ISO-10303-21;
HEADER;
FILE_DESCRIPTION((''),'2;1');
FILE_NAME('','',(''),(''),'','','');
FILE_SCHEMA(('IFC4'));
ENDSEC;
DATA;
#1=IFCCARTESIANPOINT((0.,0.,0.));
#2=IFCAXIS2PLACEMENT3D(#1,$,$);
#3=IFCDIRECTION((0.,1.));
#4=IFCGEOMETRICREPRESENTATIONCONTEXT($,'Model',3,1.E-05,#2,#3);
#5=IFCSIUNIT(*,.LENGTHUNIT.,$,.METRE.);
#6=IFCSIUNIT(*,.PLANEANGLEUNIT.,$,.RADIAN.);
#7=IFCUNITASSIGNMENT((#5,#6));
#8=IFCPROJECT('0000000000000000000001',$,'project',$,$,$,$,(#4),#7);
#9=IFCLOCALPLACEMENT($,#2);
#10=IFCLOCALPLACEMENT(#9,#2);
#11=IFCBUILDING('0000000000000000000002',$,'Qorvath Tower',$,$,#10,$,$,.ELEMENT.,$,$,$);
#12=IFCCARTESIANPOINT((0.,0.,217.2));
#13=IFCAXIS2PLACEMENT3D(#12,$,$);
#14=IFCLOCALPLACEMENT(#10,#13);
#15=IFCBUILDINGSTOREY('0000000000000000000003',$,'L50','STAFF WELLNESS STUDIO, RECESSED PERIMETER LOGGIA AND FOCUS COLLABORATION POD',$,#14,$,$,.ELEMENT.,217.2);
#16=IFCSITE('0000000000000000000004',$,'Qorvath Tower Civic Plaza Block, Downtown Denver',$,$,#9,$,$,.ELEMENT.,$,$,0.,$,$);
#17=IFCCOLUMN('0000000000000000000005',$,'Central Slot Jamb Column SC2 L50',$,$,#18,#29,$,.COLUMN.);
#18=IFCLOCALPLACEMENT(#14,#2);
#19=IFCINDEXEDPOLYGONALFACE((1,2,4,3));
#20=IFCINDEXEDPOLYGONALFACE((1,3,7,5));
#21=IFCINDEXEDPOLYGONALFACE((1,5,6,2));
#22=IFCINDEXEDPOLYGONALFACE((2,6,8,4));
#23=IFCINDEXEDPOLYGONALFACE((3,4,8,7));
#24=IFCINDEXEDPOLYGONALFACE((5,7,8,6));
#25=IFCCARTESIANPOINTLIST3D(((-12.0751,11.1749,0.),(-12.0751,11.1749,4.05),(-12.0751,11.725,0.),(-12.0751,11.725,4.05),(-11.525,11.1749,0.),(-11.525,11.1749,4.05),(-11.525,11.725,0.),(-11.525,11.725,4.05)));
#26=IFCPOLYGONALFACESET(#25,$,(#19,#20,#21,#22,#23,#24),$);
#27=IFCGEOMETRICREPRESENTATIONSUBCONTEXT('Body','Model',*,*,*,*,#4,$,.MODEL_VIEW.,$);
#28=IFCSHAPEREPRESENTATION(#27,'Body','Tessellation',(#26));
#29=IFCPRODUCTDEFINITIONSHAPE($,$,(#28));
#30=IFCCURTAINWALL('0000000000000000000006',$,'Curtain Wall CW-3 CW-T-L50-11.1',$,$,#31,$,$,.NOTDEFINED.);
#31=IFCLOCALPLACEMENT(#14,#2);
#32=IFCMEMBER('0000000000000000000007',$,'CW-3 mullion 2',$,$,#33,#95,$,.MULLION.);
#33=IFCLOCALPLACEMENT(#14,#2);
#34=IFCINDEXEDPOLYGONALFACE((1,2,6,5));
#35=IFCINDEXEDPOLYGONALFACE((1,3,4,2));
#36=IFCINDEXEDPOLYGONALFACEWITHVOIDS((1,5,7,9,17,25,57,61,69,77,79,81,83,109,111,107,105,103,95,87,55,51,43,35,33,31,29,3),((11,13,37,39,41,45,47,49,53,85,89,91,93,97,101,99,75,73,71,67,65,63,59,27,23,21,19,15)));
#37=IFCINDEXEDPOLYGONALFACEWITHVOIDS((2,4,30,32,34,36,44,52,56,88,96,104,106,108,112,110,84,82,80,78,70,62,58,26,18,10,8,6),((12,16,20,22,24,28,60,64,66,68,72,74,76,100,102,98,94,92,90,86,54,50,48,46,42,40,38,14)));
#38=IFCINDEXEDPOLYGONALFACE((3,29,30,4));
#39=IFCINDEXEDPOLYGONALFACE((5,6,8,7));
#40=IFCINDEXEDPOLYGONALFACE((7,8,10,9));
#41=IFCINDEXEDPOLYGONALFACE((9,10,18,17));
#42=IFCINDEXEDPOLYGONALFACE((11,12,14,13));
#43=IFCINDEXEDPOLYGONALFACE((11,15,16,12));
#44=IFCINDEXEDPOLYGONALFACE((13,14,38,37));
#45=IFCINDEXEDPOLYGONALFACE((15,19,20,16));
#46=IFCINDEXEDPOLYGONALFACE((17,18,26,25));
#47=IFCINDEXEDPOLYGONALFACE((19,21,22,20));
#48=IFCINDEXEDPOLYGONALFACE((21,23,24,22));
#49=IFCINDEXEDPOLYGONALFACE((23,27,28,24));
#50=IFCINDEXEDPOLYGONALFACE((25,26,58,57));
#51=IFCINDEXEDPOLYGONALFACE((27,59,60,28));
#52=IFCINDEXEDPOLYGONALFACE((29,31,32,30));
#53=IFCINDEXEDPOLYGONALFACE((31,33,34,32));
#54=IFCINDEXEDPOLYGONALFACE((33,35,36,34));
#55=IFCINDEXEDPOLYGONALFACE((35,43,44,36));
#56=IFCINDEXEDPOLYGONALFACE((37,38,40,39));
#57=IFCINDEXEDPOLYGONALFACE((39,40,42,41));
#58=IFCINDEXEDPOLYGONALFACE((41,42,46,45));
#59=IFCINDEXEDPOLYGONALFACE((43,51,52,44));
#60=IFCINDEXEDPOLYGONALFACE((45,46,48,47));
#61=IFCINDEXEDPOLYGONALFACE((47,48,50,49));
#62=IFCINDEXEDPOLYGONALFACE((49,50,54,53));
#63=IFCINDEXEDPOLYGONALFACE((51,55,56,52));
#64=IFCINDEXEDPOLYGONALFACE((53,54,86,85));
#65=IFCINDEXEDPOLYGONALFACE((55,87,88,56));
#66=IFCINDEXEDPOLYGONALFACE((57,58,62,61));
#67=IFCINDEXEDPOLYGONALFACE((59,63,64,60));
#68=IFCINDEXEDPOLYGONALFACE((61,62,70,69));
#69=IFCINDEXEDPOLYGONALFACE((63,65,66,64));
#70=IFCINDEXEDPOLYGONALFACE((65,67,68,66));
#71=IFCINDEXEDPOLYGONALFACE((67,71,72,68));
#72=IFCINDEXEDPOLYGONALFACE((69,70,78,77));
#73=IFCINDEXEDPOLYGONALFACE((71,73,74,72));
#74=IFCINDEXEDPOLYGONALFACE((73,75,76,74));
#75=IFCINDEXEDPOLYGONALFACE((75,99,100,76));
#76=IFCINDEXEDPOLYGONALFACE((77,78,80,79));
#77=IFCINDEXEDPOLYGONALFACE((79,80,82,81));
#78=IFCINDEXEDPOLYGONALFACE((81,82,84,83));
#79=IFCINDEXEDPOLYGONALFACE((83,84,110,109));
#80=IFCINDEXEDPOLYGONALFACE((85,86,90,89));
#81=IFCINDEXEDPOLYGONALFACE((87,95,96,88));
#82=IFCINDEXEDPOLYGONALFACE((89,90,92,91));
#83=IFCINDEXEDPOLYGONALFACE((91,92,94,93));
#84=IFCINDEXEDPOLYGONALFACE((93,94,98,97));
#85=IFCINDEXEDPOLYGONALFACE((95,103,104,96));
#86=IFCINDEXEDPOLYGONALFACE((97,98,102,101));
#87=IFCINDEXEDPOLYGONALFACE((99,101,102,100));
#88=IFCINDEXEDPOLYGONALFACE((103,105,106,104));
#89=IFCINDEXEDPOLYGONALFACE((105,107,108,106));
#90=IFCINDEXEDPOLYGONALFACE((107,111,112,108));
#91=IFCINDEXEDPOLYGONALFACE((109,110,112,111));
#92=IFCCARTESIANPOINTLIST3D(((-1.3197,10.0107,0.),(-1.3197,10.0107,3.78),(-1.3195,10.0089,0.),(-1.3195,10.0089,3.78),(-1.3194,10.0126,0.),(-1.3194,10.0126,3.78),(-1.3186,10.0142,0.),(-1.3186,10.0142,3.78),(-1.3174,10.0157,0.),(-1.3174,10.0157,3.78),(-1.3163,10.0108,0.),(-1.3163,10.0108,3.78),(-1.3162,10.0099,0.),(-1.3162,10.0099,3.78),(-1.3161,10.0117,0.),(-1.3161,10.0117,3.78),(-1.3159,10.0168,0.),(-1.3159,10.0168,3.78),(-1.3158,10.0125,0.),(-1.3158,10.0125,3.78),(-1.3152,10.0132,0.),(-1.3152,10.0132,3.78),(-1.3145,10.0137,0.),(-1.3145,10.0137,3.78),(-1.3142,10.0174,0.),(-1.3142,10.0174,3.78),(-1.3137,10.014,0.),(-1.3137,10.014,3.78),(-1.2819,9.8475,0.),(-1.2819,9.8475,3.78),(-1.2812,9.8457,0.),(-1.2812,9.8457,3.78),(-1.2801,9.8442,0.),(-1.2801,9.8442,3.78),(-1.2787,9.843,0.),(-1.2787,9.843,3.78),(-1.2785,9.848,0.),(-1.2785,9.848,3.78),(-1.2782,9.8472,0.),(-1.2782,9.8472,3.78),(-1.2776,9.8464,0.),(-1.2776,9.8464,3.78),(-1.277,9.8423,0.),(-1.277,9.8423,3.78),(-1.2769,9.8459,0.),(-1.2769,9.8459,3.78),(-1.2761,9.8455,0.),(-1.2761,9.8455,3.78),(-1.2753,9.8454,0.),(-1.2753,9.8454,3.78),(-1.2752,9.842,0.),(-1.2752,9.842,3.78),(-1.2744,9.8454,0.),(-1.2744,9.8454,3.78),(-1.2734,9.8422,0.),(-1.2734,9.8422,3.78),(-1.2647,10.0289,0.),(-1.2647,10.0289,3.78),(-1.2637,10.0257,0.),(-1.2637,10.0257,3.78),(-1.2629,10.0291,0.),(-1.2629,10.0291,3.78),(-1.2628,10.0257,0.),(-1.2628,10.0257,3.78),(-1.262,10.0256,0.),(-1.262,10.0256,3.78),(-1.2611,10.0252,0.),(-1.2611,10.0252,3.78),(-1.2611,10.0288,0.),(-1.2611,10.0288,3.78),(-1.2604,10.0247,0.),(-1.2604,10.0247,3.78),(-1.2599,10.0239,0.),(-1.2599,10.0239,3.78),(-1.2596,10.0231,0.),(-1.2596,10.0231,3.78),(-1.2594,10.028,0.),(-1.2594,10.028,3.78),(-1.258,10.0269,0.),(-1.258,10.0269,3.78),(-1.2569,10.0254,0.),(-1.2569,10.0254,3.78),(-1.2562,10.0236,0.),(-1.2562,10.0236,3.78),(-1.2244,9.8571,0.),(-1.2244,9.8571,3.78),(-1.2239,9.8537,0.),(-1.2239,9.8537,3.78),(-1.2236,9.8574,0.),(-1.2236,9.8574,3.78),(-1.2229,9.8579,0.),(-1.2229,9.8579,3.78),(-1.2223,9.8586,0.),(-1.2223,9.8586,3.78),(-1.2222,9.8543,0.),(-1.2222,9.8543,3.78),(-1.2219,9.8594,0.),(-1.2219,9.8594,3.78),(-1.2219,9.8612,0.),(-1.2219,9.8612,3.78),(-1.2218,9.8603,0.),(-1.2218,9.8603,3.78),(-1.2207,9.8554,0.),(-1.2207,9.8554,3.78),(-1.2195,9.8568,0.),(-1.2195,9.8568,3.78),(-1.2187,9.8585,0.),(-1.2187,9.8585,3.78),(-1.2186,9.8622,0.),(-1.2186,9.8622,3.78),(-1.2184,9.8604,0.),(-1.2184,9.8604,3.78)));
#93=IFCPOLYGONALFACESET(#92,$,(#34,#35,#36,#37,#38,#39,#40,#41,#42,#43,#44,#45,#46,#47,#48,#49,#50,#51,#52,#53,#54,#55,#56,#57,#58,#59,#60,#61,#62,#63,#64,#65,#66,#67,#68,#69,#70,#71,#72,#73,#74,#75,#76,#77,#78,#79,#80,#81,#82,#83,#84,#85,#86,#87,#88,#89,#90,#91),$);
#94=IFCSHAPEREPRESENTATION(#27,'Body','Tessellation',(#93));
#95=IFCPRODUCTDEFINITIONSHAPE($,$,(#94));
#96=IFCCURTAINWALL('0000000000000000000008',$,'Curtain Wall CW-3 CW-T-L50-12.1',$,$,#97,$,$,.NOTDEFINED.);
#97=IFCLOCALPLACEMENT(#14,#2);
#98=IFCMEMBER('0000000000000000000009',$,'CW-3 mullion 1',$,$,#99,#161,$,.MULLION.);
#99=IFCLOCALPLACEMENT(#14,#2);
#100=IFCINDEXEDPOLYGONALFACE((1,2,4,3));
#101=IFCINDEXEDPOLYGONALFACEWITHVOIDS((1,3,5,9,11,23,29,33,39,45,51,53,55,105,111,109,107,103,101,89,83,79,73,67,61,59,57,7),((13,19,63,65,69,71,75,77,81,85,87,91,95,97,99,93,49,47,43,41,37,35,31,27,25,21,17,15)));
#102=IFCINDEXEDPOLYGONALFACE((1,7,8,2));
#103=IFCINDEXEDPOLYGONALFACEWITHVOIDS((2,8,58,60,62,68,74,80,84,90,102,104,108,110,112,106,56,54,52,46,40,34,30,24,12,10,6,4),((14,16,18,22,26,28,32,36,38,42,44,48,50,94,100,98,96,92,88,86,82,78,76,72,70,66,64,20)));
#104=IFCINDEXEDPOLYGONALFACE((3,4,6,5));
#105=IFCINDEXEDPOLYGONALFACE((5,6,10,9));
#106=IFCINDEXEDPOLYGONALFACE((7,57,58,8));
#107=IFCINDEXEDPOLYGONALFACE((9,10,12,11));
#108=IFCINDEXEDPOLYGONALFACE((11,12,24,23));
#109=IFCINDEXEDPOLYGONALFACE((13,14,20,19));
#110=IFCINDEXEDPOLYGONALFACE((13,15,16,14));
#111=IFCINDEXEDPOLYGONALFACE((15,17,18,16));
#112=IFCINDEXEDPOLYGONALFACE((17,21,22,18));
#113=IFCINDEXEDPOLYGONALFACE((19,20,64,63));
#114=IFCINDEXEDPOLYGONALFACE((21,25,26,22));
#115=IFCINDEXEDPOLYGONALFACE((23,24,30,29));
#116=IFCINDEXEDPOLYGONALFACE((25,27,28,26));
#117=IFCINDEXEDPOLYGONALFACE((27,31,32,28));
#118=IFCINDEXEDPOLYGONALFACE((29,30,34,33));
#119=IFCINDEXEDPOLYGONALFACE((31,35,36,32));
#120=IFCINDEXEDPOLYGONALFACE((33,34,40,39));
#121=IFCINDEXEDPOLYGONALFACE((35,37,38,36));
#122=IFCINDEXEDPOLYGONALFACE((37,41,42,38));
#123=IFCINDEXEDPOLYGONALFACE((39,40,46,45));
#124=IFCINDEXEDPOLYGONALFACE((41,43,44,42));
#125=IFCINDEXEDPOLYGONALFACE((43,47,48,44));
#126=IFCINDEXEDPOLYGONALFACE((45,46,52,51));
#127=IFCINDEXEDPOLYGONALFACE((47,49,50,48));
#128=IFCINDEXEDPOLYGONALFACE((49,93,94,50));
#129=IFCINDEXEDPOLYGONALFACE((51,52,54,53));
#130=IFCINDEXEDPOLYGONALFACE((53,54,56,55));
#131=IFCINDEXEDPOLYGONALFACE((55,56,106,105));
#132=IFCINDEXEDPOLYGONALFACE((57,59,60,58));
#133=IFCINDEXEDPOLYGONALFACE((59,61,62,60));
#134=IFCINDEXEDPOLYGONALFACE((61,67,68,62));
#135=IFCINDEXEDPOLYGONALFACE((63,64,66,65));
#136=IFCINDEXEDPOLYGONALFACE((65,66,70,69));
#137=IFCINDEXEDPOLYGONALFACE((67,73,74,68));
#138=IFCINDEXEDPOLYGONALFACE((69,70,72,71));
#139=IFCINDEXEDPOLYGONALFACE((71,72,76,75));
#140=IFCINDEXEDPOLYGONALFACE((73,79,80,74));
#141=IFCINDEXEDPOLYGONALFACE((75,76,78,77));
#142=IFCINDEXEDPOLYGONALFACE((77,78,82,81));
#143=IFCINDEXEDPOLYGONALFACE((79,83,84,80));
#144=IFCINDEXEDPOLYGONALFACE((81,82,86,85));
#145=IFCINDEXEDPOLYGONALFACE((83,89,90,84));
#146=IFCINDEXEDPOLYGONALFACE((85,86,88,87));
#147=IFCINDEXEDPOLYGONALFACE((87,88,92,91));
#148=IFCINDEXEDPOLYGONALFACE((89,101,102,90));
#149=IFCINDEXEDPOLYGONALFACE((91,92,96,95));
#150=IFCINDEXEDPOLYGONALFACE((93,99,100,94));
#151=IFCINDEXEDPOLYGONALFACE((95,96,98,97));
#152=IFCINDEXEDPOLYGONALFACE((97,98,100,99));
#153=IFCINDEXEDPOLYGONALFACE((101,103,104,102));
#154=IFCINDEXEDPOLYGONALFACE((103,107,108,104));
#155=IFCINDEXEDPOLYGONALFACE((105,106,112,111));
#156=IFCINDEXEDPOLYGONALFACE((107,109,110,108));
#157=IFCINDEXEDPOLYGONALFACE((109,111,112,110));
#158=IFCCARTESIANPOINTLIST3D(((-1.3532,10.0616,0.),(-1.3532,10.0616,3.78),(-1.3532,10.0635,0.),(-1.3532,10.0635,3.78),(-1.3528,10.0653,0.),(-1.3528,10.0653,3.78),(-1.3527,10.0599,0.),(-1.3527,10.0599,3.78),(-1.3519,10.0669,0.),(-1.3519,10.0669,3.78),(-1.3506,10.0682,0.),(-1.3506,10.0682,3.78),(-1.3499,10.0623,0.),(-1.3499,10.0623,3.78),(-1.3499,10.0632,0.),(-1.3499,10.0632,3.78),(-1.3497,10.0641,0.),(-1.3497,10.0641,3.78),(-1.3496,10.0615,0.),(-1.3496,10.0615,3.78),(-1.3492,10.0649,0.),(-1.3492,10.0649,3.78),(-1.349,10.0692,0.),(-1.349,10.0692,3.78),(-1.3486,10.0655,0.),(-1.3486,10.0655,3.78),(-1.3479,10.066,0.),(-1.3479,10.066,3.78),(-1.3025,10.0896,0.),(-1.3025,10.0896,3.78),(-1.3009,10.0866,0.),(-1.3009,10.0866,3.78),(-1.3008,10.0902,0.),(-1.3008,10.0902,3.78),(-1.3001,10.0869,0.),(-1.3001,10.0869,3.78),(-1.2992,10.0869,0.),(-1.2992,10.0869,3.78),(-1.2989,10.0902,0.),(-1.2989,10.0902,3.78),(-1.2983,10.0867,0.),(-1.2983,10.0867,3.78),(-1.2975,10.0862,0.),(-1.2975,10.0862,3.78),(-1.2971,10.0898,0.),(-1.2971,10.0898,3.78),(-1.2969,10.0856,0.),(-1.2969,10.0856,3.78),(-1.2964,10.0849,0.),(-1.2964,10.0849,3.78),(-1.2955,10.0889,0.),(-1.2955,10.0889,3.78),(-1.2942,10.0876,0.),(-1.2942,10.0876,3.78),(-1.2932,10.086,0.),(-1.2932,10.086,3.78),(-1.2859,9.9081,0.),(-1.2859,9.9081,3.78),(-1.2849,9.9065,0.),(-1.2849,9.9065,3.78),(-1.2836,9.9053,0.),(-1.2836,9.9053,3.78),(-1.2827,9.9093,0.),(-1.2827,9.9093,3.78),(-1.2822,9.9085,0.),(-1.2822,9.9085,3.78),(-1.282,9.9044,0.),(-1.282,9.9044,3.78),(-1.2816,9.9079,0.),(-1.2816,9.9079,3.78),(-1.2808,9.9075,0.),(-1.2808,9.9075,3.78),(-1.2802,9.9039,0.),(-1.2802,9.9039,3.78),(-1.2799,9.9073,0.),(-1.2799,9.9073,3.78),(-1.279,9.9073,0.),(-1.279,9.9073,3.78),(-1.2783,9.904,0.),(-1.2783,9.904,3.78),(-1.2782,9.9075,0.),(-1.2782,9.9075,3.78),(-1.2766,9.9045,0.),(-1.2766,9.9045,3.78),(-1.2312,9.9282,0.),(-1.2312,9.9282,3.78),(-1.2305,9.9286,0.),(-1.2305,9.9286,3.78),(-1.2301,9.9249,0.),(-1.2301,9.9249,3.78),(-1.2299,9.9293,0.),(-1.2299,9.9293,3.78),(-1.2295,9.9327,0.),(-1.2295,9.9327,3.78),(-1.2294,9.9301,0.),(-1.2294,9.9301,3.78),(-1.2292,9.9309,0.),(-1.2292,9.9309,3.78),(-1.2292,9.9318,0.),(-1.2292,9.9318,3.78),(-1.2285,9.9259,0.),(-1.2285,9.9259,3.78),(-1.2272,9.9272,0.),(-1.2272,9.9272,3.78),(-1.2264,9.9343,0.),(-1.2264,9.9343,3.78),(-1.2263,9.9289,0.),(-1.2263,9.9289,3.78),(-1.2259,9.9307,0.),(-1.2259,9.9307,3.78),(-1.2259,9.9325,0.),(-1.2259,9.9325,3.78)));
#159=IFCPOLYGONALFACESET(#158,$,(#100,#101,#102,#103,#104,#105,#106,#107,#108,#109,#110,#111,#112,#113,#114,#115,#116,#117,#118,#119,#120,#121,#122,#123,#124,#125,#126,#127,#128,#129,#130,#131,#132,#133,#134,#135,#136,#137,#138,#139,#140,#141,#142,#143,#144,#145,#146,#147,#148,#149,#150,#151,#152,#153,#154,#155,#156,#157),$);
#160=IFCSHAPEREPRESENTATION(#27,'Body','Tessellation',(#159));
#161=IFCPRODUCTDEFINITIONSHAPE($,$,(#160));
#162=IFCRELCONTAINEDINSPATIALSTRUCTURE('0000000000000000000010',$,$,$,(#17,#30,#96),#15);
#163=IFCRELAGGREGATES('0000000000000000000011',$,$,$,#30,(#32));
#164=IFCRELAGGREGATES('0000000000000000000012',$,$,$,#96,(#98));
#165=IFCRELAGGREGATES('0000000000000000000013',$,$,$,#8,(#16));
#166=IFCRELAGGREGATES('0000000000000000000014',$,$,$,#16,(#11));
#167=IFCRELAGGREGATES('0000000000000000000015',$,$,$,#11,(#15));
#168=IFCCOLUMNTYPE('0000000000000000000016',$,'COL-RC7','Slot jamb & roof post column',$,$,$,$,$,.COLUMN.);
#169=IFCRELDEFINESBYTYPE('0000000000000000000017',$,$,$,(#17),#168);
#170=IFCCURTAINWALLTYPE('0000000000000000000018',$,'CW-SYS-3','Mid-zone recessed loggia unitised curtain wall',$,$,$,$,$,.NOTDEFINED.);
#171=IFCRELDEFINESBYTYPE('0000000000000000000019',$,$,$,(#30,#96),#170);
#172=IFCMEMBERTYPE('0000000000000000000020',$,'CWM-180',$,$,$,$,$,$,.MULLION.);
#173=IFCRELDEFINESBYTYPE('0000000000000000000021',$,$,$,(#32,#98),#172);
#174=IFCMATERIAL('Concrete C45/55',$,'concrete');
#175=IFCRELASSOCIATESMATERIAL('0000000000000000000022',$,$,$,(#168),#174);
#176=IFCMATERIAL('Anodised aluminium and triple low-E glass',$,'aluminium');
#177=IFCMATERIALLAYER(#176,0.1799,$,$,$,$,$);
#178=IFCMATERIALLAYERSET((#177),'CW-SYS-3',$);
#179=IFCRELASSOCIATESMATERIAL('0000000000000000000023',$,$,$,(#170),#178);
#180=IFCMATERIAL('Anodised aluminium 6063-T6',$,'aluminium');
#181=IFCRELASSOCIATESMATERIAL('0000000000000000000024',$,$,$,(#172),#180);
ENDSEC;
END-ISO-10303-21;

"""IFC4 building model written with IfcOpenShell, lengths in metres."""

from ifc_helpers import new_model, si_unit, direction, frame, origin, origin_2d, place, context, subcontext, project, spatial, rectangle, hollow_rectangle, extrude, material, layer, layer_set, material_profile, profile_set, type_object, element, aggregate, save


model = new_model("IFC4")

# Units and contexts
model_context = context("Model", 3, precision=1e-05, world=origin(), true_north=direction((0.0, 1.0)))
body_context = subcontext(model_context, "Body", "Model", "MODEL_VIEW")
ifc_project = project(units=[si_unit("LENGTHUNIT", "METRE"), si_unit("PLANEANGLEUNIT", "RADIAN")], contexts=[model_context])

# Site, building, storey
site_placement = place(None, origin())
site = spatial("IfcSite", under=ifc_project, at=site_placement, Name="Qorvath Tower Civic Plaza Block, Downtown Denver", CompositionType="ELEMENT", RefElevation=0.0)
building_placement = place(site_placement, origin())
building = spatial("IfcBuilding", under=site, at=building_placement, Name="Qorvath Tower", CompositionType="ELEMENT")
storey_placement = place(building_placement, frame((0.0, 0.0, 217.2)))
storey = spatial("IfcBuildingStorey", under=building, at=storey_placement, Name="L50", Description="STAFF WELLNESS STUDIO, RECESSED PERIMETER LOGGIA AND FOCUS COLLABORATION POD", CompositionType="ELEMENT", Elevation=217.2)

# Column
ifc_material_1 = material(Name="Concrete C45/55", Category="concrete")
ifc_material_profile_1 = material_profile(ifc_material_1, rectangle(XDim=0.55, YDim=0.55, at=origin_2d()), Name="RC 550x550")
ifc_profile_set_1 = profile_set([ifc_material_profile_1], Name="Concrete C45/55")
column_type = type_object("IfcColumnType", Name="COL-RC7", Description="Slot jamb & roof post column", PredefinedType="COLUMN", material=ifc_profile_set_1)
column_placement = place(storey_placement, frame((-11.8, 11.45, 0.0), z_axis=(0.0, 0.0, 1.0), x_axis=(1.0, 0.0, 0.0)))
element("IfcColumn", 1, at=column_placement, inside=storey, type_object=column_type, Name="Central Slot Jamb Column SC2 L50", PredefinedType="COLUMN", context=body_context, shape_type="SweptSolid", body=[
    extrude(rectangle(XDim=0.55, YDim=0.55, at=origin_2d()), origin(), (0.0, 0.0, 1.0), 4.05),
])

# Curtain wall, member
ifc_material_2 = material(Name="Anodised aluminium and triple low-E glass", Category="aluminium")
ifc_layer_1 = layer(ifc_material_2, 0.1799)
ifc_layer_set_1 = layer_set([ifc_layer_1], Name="CW-SYS-3")
curtain_wall_type = type_object("IfcCurtainWallType", Name="CW-SYS-3", Description="Mid-zone recessed loggia unitised curtain wall", PredefinedType="NOTDEFINED", material=ifc_layer_set_1)
curtain_wall_1_placement = place(storey_placement, origin())
curtain_wall_1 = element("IfcCurtainWall", 2, at=curtain_wall_1_placement, inside=storey, type_object=curtain_wall_type, Name="Curtain Wall CW-3 CW-T-L50-11.1", PredefinedType="NOTDEFINED")
ifc_material_3 = material(Name="Anodised aluminium 6063-T6", Category="aluminium")
ifc_material_profile_2 = material_profile(ifc_material_3, hollow_rectangle(XDim=0.0649, YDim=0.1799, WallThickness=0.0034, InnerFilletRadius=0.0034, OuterFilletRadius=0.0071, at=origin_2d()), Name="CWM 180x65")
ifc_profile_set_2 = profile_set([ifc_material_profile_2], Name="Anodised aluminium 6063-T6")
member_type_1 = type_object("IfcMemberType", Name="CWM-180", PredefinedType="MULLION", material=ifc_profile_set_2)
member_1_placement = place(storey_placement, frame((-1.269, 9.9355, 0.0), z_axis=(0.0, 0.0, 1.0), x_axis=(-0.973908, -0.226944, 0.0)))
member_1 = element("IfcMember", 3, at=member_1_placement, type_object=member_type_1, Name="CW-3 mullion 2", PredefinedType="MULLION", context=body_context, shape_type="SweptSolid", body=[
    extrude(hollow_rectangle(XDim=0.0649, YDim=0.1799, WallThickness=0.0034, InnerFilletRadius=0.0034, OuterFilletRadius=0.0071, at=origin_2d()), origin(), (0.0, 0.0, 1.0), 3.78),
])

# Curtain wall, member
curtain_wall_2_placement = place(storey_placement, origin())
curtain_wall_2 = element("IfcCurtainWall", 4, at=curtain_wall_2_placement, inside=storey, type_object=curtain_wall_type, Name="Curtain Wall CW-3 CW-T-L50-12.1", PredefinedType="NOTDEFINED")
member_2_placement = place(storey_placement, frame((-1.2896, 9.9971, 0.0), z_axis=(0.0, 0.0, 1.0), x_axis=(-0.915321, -0.402725, 0.0)))
member_2 = element("IfcMember", 5, at=member_2_placement, type_object=member_type_1, Name="CW-3 mullion 1", PredefinedType="MULLION", context=body_context, shape_type="SweptSolid", body=[
    extrude(hollow_rectangle(XDim=0.0649, YDim=0.1799, WallThickness=0.0034, InnerFilletRadius=0.0034, OuterFilletRadius=0.0071, at=origin_2d()), origin(), (0.0, 0.0, 1.0), 3.78),
])

aggregate(curtain_wall_1, [member_1])
aggregate(curtain_wall_2, [member_2])

save(model, "model.ifc")
